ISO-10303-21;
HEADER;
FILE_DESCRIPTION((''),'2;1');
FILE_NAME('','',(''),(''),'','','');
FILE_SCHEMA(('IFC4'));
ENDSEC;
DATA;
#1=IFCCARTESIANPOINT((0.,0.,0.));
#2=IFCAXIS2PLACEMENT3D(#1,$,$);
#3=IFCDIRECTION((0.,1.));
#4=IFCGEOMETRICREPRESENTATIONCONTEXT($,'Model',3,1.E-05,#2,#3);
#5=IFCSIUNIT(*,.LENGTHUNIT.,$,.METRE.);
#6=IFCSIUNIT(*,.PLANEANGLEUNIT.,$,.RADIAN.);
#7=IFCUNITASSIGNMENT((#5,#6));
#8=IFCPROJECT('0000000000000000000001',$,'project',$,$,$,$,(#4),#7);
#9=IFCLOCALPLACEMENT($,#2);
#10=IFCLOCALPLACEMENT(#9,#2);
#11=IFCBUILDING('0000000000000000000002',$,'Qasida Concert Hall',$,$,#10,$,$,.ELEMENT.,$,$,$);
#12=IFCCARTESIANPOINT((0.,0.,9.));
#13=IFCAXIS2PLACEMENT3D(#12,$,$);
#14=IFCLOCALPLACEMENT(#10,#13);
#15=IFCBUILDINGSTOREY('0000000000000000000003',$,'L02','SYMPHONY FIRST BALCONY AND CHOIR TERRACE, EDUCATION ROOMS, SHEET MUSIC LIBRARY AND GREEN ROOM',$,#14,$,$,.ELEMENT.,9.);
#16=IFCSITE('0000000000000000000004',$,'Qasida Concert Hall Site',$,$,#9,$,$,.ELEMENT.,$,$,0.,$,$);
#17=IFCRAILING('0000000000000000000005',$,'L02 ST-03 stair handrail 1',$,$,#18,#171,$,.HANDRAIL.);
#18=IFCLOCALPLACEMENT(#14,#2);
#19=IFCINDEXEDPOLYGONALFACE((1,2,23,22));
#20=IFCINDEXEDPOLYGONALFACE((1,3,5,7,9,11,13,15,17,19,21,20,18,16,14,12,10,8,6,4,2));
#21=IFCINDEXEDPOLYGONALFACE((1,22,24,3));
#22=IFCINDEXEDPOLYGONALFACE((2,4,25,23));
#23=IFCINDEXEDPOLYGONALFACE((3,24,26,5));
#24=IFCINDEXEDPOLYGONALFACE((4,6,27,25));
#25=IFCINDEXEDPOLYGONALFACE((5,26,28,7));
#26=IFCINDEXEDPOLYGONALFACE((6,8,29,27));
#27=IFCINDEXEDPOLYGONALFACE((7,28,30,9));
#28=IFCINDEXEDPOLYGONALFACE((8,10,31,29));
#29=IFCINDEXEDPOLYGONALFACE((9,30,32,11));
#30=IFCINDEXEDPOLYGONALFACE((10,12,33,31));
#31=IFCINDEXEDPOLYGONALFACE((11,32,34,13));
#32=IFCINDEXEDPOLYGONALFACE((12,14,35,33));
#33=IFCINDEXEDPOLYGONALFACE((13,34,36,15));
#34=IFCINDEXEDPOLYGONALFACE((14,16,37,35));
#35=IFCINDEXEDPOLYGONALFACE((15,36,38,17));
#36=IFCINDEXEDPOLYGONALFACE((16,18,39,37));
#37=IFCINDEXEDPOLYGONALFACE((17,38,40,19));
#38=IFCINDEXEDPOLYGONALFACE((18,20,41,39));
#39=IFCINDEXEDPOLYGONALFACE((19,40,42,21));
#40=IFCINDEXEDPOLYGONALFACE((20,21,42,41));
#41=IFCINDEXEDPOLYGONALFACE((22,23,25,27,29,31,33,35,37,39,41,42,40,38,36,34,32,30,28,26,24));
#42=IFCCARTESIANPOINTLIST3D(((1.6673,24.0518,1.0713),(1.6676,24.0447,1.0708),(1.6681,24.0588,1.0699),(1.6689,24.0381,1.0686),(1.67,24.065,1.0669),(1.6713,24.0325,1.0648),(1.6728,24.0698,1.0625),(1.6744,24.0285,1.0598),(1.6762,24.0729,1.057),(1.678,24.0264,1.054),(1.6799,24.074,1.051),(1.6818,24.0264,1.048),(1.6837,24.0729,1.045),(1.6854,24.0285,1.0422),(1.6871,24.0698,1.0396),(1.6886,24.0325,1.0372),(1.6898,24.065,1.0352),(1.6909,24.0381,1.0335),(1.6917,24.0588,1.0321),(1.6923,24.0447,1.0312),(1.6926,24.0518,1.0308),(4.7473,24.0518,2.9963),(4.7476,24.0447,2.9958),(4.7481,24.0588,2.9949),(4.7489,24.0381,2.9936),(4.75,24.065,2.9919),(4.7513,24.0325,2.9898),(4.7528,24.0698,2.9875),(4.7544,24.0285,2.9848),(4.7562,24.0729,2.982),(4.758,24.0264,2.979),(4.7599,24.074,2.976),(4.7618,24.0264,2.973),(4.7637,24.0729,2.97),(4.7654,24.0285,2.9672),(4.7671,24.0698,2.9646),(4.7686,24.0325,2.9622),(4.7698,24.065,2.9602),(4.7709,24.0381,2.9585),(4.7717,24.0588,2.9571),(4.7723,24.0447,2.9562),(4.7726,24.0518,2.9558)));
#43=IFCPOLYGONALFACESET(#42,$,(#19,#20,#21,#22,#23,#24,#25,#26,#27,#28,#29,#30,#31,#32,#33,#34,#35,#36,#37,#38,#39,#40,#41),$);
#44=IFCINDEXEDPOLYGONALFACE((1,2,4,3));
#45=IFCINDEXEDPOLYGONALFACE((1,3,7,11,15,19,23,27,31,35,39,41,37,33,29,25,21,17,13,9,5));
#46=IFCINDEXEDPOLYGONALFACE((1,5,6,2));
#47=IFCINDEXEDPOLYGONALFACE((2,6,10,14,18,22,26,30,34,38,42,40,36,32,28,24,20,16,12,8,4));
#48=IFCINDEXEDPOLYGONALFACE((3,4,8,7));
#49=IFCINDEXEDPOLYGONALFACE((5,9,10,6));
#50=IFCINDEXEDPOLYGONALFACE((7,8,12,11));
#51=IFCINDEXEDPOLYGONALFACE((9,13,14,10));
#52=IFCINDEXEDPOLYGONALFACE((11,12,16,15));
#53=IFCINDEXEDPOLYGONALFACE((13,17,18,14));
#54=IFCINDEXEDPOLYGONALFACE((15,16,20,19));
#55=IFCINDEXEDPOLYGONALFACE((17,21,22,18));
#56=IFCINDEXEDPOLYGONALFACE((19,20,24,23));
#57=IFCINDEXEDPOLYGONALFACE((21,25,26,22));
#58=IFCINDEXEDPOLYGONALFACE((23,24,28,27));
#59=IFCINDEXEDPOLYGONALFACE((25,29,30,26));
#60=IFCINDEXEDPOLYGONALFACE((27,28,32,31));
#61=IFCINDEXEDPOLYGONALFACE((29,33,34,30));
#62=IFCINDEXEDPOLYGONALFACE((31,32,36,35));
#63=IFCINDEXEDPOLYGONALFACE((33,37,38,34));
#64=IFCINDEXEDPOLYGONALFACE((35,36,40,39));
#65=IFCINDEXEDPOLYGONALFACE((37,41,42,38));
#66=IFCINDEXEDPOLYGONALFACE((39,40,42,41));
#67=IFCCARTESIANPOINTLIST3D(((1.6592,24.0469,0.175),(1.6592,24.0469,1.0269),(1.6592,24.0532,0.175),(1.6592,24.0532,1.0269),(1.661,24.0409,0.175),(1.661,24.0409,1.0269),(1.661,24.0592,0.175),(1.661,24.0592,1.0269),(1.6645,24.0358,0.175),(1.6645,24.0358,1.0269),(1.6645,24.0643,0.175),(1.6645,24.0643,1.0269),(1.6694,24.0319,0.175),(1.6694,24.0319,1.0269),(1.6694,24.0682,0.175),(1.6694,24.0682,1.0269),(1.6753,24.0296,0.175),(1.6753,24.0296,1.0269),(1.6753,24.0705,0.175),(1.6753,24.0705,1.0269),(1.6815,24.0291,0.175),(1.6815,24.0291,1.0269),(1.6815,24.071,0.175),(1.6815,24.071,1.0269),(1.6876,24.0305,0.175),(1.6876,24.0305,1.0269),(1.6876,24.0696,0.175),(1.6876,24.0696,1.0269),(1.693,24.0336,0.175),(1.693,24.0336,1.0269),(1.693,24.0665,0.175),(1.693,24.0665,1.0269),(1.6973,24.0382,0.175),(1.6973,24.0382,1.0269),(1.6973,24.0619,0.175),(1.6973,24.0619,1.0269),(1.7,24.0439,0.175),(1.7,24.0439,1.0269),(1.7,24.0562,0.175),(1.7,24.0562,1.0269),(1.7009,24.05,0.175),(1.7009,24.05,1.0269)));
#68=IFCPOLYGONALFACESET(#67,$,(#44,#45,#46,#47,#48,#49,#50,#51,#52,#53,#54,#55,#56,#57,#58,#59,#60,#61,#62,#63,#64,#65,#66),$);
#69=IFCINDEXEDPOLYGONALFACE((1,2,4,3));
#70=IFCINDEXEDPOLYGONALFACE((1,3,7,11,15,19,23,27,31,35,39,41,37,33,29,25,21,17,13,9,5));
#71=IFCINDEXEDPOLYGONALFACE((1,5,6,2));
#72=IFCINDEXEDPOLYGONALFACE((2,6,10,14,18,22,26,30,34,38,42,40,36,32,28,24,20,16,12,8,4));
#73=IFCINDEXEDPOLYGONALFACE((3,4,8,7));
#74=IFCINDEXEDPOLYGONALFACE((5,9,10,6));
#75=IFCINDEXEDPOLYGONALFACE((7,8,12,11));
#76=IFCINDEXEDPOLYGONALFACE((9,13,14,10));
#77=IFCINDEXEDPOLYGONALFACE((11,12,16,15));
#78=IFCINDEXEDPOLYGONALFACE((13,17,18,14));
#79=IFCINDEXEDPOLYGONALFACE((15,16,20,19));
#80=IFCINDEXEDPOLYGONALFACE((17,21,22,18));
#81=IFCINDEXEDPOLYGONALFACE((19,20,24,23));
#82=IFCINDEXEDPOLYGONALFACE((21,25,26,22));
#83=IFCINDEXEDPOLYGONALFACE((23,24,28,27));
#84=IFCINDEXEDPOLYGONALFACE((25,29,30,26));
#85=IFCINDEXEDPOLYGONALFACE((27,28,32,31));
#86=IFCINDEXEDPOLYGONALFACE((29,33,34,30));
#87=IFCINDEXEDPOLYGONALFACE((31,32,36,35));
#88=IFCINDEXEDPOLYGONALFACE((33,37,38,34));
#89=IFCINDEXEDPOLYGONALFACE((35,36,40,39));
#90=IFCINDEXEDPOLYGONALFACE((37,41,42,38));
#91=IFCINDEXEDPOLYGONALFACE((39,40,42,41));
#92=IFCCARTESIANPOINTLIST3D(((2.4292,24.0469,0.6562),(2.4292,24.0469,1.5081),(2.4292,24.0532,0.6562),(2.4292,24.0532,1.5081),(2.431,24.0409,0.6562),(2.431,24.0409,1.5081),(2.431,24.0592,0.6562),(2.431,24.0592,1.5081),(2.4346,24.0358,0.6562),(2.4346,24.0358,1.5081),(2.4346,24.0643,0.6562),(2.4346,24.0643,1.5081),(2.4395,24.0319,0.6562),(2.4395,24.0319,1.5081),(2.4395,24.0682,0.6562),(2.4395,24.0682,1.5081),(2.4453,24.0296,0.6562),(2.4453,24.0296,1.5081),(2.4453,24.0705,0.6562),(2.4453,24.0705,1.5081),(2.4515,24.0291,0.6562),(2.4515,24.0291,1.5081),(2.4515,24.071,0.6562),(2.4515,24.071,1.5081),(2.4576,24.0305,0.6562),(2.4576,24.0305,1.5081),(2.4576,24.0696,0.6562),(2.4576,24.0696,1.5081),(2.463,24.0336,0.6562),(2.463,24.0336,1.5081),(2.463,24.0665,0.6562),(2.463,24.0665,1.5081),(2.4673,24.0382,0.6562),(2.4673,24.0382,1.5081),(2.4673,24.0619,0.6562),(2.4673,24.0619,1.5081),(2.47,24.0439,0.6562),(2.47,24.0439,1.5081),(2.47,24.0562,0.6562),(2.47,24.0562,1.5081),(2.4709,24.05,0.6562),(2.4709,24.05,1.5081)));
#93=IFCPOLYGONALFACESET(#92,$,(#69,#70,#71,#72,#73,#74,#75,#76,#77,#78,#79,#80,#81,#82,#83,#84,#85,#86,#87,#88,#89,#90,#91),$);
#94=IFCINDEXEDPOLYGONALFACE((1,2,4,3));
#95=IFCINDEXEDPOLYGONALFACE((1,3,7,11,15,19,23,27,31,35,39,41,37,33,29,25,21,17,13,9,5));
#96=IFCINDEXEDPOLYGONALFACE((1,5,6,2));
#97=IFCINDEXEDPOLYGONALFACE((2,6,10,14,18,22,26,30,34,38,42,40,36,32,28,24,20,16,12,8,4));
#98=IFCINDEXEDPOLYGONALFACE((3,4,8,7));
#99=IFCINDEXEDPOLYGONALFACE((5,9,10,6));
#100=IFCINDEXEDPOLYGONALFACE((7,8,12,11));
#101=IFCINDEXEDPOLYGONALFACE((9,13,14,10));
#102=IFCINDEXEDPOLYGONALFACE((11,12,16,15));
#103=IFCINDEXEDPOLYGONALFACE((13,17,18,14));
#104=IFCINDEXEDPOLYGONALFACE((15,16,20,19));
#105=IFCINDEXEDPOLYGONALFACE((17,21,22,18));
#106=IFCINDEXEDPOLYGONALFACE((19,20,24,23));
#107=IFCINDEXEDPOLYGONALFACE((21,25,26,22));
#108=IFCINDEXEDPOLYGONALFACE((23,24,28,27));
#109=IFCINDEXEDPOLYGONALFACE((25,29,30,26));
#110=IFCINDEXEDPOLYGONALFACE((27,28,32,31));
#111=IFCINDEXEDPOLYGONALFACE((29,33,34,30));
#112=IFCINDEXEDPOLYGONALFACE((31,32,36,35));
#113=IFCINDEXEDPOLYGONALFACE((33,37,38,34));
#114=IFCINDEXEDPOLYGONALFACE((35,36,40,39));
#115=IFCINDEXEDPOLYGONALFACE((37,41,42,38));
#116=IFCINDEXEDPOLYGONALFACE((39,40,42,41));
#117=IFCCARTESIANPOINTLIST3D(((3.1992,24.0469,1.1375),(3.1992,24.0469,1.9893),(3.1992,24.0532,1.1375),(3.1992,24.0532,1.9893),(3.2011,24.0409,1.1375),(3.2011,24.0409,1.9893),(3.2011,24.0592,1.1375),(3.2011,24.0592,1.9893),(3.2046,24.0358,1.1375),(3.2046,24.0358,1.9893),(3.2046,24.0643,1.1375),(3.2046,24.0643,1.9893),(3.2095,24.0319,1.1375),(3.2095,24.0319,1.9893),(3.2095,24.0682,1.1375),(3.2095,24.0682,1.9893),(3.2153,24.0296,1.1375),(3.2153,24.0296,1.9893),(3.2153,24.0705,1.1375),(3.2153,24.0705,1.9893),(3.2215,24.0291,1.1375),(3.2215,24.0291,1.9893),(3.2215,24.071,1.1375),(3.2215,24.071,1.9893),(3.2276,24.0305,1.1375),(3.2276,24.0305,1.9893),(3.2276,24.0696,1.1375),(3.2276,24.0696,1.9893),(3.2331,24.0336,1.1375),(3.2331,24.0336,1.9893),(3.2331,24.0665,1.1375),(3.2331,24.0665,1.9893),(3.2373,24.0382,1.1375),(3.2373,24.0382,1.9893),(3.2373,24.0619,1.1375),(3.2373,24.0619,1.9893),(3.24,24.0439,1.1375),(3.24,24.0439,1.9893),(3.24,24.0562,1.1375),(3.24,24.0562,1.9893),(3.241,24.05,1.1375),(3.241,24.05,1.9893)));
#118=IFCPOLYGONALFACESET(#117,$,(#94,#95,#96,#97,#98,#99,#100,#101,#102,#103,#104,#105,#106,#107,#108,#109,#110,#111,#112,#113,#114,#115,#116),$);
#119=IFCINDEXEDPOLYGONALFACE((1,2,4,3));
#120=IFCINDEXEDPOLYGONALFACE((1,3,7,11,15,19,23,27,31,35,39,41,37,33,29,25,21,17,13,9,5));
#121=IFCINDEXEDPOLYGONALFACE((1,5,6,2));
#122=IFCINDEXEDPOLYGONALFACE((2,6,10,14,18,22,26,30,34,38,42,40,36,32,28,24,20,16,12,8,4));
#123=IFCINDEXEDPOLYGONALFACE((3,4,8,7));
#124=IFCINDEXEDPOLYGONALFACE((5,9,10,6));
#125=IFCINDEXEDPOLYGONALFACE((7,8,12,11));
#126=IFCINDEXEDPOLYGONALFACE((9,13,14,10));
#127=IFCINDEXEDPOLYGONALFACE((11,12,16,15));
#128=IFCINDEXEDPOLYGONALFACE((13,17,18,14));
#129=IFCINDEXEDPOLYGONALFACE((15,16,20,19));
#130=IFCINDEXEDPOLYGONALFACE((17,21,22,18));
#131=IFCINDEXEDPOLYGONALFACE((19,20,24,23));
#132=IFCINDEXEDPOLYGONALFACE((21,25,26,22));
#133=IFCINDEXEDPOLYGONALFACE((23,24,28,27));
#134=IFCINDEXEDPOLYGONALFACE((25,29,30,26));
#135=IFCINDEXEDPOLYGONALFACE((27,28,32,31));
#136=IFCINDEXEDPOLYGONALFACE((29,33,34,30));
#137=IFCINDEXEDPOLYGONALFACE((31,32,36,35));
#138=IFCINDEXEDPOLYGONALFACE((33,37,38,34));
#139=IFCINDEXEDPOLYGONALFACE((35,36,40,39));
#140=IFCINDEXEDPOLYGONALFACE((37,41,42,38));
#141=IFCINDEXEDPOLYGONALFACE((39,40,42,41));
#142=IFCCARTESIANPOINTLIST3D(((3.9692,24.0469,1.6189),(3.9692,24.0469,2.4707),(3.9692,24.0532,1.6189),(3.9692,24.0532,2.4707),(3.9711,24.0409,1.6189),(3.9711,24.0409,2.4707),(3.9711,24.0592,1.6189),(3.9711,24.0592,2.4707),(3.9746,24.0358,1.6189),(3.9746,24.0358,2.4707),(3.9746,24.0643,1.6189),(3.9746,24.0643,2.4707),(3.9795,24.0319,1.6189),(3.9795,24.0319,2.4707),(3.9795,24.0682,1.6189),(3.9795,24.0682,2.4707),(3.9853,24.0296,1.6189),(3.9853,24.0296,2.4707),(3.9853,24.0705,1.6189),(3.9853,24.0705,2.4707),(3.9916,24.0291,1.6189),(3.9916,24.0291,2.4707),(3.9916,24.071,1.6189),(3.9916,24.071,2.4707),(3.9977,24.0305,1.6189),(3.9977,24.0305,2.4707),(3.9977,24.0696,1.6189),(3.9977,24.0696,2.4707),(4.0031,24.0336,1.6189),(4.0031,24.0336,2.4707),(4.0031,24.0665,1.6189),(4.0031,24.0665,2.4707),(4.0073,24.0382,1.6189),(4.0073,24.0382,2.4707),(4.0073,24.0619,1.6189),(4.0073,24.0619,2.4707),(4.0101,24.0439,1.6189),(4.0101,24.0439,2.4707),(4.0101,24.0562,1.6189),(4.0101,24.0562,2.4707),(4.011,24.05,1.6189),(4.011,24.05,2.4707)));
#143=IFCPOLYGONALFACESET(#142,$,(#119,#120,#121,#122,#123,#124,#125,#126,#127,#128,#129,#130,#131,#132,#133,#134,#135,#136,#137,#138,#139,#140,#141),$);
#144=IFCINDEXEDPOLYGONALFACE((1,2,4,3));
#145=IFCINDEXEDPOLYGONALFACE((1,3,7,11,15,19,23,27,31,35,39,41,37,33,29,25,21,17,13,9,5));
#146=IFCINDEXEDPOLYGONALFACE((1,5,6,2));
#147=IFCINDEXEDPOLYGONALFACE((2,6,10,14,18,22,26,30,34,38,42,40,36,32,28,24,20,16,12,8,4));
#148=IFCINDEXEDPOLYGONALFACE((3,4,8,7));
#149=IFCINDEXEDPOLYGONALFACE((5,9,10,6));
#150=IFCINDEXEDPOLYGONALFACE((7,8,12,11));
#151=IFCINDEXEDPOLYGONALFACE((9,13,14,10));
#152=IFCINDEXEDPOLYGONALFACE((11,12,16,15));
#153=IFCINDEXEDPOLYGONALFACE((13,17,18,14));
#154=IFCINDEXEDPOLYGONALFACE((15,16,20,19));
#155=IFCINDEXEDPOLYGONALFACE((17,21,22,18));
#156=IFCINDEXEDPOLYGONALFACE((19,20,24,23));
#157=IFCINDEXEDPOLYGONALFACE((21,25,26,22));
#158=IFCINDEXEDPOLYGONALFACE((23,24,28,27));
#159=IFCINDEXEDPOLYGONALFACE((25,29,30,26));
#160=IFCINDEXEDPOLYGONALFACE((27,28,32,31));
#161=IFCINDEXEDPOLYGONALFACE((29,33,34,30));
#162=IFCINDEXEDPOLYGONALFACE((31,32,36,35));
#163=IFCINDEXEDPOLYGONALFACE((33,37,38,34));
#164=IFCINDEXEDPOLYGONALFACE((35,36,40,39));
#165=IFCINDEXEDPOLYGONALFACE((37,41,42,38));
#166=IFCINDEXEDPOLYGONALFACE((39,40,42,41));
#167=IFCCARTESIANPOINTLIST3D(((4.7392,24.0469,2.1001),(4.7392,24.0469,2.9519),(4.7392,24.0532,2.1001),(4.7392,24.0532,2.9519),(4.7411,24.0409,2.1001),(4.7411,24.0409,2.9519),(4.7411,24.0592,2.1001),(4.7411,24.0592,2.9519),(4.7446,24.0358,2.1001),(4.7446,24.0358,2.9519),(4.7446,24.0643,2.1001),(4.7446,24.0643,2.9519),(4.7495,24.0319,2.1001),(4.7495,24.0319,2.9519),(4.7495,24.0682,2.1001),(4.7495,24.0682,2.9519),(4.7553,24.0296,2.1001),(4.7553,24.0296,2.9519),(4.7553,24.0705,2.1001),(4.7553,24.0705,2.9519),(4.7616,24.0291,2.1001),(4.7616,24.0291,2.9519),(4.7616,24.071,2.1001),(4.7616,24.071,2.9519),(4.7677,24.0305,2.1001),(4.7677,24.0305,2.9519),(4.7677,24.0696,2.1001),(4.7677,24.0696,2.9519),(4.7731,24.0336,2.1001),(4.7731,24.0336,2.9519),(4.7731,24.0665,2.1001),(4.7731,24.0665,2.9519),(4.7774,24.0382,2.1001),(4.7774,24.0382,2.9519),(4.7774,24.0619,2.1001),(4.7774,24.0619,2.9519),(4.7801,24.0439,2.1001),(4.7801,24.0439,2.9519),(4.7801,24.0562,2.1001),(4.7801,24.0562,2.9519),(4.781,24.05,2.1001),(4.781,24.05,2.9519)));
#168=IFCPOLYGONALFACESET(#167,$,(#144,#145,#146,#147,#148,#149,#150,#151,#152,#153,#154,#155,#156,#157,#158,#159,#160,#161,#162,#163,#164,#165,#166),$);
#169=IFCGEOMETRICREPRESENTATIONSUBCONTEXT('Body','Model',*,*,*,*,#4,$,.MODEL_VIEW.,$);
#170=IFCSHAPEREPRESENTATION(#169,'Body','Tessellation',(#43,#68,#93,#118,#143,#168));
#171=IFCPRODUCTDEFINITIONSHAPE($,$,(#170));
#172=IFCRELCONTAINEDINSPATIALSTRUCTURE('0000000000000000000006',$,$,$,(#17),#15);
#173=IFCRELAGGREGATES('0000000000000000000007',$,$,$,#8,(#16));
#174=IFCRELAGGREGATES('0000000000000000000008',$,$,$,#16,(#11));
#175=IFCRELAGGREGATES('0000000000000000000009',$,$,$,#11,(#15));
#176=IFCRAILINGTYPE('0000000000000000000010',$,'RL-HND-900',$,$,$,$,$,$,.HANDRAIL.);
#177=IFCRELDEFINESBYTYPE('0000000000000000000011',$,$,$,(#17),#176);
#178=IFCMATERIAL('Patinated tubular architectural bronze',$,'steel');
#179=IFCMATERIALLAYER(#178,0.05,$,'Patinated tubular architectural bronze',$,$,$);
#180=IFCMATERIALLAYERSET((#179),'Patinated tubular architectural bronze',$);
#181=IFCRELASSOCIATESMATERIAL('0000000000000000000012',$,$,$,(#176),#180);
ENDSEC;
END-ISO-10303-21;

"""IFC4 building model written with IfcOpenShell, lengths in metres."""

from ifc_helpers import new_model, si_unit, direction, frame, origin, origin_2d, place, context, subcontext, project, spatial, circle, extrude, material, layer, layer_set, type_object, element, save


model = new_model("IFC4")

# Units and contexts
model_context = context("Model", 3, precision=1e-05, world=origin(), true_north=direction((0.0, 1.0)))
body_context = subcontext(model_context, "Body", "Model", "MODEL_VIEW")
ifc_project = project(units=[si_unit("LENGTHUNIT", "METRE"), si_unit("PLANEANGLEUNIT", "RADIAN")], contexts=[model_context])

# Site, building, storey
site_placement = place(None, origin())
site = spatial("IfcSite", under=ifc_project, at=site_placement, Name="Qasida Concert Hall Site", CompositionType="ELEMENT", RefElevation=0.0)
building_placement = place(site_placement, origin())
building = spatial("IfcBuilding", under=site, at=building_placement, Name="Qasida Concert Hall", CompositionType="ELEMENT")
storey_placement = place(building_placement, frame((0.0, 0.0, 9.0)))
storey = spatial("IfcBuildingStorey", under=building, at=storey_placement, Name="L02", Description="SYMPHONY FIRST BALCONY AND CHOIR TERRACE, EDUCATION ROOMS, SHEET MUSIC LIBRARY AND GREEN ROOM", CompositionType="ELEMENT", Elevation=9.0)

# Railing
ifc_material_1 = material(Name="Patinated tubular architectural bronze", Category="steel")
ifc_layer_1 = layer(ifc_material_1, 0.05, Name="Patinated tubular architectural bronze")
ifc_layer_set_1 = layer_set([ifc_layer_1], Name="Patinated tubular architectural bronze")
railing_type_1 = type_object("IfcRailingType", Name="RL-HND-900", PredefinedType="HANDRAIL", material=ifc_layer_set_1)
railing_1_placement = place(storey_placement, frame((1.6799, 24.05, 0.175)))
element("IfcRailing", 1, at=railing_1_placement, inside=storey, type_object=railing_type_1, Name="L02 ST-03 stair handrail 1", PredefinedType="HANDRAIL", context=body_context, shape_type="SweptSolid", body=[
    extrude(circle(Radius=0.0239, at=origin_2d()), frame((0.0, 0.0, 0.876), z_axis=(0.847998, 0.0, 0.529999), x_axis=(0.0, 1.0, 0.0)), (0.0, 0.0, 1.0), 3.6321),
    extrude(circle(Radius=0.021, at=origin_2d()), origin(), (0.0, 0.0, 1.0), 0.8518),
    extrude(circle(Radius=0.021, at=origin_2d()), frame((0.77, 0.0, 0.4812)), (0.0, 0.0, 1.0), 0.8518),
    extrude(circle(Radius=0.021, at=origin_2d()), frame((1.54, 0.0, 0.9624)), (0.0, 0.0, 1.0), 0.8518),
    extrude(circle(Radius=0.021, at=origin_2d()), frame((2.3101, 0.0, 1.4438)), (0.0, 0.0, 1.0), 0.8518),
    extrude(circle(Radius=0.021, at=origin_2d()), frame((3.0801, 0.0, 1.925)), (0.0, 0.0, 1.0), 0.8518),
])

save(model, "model.ifc")
